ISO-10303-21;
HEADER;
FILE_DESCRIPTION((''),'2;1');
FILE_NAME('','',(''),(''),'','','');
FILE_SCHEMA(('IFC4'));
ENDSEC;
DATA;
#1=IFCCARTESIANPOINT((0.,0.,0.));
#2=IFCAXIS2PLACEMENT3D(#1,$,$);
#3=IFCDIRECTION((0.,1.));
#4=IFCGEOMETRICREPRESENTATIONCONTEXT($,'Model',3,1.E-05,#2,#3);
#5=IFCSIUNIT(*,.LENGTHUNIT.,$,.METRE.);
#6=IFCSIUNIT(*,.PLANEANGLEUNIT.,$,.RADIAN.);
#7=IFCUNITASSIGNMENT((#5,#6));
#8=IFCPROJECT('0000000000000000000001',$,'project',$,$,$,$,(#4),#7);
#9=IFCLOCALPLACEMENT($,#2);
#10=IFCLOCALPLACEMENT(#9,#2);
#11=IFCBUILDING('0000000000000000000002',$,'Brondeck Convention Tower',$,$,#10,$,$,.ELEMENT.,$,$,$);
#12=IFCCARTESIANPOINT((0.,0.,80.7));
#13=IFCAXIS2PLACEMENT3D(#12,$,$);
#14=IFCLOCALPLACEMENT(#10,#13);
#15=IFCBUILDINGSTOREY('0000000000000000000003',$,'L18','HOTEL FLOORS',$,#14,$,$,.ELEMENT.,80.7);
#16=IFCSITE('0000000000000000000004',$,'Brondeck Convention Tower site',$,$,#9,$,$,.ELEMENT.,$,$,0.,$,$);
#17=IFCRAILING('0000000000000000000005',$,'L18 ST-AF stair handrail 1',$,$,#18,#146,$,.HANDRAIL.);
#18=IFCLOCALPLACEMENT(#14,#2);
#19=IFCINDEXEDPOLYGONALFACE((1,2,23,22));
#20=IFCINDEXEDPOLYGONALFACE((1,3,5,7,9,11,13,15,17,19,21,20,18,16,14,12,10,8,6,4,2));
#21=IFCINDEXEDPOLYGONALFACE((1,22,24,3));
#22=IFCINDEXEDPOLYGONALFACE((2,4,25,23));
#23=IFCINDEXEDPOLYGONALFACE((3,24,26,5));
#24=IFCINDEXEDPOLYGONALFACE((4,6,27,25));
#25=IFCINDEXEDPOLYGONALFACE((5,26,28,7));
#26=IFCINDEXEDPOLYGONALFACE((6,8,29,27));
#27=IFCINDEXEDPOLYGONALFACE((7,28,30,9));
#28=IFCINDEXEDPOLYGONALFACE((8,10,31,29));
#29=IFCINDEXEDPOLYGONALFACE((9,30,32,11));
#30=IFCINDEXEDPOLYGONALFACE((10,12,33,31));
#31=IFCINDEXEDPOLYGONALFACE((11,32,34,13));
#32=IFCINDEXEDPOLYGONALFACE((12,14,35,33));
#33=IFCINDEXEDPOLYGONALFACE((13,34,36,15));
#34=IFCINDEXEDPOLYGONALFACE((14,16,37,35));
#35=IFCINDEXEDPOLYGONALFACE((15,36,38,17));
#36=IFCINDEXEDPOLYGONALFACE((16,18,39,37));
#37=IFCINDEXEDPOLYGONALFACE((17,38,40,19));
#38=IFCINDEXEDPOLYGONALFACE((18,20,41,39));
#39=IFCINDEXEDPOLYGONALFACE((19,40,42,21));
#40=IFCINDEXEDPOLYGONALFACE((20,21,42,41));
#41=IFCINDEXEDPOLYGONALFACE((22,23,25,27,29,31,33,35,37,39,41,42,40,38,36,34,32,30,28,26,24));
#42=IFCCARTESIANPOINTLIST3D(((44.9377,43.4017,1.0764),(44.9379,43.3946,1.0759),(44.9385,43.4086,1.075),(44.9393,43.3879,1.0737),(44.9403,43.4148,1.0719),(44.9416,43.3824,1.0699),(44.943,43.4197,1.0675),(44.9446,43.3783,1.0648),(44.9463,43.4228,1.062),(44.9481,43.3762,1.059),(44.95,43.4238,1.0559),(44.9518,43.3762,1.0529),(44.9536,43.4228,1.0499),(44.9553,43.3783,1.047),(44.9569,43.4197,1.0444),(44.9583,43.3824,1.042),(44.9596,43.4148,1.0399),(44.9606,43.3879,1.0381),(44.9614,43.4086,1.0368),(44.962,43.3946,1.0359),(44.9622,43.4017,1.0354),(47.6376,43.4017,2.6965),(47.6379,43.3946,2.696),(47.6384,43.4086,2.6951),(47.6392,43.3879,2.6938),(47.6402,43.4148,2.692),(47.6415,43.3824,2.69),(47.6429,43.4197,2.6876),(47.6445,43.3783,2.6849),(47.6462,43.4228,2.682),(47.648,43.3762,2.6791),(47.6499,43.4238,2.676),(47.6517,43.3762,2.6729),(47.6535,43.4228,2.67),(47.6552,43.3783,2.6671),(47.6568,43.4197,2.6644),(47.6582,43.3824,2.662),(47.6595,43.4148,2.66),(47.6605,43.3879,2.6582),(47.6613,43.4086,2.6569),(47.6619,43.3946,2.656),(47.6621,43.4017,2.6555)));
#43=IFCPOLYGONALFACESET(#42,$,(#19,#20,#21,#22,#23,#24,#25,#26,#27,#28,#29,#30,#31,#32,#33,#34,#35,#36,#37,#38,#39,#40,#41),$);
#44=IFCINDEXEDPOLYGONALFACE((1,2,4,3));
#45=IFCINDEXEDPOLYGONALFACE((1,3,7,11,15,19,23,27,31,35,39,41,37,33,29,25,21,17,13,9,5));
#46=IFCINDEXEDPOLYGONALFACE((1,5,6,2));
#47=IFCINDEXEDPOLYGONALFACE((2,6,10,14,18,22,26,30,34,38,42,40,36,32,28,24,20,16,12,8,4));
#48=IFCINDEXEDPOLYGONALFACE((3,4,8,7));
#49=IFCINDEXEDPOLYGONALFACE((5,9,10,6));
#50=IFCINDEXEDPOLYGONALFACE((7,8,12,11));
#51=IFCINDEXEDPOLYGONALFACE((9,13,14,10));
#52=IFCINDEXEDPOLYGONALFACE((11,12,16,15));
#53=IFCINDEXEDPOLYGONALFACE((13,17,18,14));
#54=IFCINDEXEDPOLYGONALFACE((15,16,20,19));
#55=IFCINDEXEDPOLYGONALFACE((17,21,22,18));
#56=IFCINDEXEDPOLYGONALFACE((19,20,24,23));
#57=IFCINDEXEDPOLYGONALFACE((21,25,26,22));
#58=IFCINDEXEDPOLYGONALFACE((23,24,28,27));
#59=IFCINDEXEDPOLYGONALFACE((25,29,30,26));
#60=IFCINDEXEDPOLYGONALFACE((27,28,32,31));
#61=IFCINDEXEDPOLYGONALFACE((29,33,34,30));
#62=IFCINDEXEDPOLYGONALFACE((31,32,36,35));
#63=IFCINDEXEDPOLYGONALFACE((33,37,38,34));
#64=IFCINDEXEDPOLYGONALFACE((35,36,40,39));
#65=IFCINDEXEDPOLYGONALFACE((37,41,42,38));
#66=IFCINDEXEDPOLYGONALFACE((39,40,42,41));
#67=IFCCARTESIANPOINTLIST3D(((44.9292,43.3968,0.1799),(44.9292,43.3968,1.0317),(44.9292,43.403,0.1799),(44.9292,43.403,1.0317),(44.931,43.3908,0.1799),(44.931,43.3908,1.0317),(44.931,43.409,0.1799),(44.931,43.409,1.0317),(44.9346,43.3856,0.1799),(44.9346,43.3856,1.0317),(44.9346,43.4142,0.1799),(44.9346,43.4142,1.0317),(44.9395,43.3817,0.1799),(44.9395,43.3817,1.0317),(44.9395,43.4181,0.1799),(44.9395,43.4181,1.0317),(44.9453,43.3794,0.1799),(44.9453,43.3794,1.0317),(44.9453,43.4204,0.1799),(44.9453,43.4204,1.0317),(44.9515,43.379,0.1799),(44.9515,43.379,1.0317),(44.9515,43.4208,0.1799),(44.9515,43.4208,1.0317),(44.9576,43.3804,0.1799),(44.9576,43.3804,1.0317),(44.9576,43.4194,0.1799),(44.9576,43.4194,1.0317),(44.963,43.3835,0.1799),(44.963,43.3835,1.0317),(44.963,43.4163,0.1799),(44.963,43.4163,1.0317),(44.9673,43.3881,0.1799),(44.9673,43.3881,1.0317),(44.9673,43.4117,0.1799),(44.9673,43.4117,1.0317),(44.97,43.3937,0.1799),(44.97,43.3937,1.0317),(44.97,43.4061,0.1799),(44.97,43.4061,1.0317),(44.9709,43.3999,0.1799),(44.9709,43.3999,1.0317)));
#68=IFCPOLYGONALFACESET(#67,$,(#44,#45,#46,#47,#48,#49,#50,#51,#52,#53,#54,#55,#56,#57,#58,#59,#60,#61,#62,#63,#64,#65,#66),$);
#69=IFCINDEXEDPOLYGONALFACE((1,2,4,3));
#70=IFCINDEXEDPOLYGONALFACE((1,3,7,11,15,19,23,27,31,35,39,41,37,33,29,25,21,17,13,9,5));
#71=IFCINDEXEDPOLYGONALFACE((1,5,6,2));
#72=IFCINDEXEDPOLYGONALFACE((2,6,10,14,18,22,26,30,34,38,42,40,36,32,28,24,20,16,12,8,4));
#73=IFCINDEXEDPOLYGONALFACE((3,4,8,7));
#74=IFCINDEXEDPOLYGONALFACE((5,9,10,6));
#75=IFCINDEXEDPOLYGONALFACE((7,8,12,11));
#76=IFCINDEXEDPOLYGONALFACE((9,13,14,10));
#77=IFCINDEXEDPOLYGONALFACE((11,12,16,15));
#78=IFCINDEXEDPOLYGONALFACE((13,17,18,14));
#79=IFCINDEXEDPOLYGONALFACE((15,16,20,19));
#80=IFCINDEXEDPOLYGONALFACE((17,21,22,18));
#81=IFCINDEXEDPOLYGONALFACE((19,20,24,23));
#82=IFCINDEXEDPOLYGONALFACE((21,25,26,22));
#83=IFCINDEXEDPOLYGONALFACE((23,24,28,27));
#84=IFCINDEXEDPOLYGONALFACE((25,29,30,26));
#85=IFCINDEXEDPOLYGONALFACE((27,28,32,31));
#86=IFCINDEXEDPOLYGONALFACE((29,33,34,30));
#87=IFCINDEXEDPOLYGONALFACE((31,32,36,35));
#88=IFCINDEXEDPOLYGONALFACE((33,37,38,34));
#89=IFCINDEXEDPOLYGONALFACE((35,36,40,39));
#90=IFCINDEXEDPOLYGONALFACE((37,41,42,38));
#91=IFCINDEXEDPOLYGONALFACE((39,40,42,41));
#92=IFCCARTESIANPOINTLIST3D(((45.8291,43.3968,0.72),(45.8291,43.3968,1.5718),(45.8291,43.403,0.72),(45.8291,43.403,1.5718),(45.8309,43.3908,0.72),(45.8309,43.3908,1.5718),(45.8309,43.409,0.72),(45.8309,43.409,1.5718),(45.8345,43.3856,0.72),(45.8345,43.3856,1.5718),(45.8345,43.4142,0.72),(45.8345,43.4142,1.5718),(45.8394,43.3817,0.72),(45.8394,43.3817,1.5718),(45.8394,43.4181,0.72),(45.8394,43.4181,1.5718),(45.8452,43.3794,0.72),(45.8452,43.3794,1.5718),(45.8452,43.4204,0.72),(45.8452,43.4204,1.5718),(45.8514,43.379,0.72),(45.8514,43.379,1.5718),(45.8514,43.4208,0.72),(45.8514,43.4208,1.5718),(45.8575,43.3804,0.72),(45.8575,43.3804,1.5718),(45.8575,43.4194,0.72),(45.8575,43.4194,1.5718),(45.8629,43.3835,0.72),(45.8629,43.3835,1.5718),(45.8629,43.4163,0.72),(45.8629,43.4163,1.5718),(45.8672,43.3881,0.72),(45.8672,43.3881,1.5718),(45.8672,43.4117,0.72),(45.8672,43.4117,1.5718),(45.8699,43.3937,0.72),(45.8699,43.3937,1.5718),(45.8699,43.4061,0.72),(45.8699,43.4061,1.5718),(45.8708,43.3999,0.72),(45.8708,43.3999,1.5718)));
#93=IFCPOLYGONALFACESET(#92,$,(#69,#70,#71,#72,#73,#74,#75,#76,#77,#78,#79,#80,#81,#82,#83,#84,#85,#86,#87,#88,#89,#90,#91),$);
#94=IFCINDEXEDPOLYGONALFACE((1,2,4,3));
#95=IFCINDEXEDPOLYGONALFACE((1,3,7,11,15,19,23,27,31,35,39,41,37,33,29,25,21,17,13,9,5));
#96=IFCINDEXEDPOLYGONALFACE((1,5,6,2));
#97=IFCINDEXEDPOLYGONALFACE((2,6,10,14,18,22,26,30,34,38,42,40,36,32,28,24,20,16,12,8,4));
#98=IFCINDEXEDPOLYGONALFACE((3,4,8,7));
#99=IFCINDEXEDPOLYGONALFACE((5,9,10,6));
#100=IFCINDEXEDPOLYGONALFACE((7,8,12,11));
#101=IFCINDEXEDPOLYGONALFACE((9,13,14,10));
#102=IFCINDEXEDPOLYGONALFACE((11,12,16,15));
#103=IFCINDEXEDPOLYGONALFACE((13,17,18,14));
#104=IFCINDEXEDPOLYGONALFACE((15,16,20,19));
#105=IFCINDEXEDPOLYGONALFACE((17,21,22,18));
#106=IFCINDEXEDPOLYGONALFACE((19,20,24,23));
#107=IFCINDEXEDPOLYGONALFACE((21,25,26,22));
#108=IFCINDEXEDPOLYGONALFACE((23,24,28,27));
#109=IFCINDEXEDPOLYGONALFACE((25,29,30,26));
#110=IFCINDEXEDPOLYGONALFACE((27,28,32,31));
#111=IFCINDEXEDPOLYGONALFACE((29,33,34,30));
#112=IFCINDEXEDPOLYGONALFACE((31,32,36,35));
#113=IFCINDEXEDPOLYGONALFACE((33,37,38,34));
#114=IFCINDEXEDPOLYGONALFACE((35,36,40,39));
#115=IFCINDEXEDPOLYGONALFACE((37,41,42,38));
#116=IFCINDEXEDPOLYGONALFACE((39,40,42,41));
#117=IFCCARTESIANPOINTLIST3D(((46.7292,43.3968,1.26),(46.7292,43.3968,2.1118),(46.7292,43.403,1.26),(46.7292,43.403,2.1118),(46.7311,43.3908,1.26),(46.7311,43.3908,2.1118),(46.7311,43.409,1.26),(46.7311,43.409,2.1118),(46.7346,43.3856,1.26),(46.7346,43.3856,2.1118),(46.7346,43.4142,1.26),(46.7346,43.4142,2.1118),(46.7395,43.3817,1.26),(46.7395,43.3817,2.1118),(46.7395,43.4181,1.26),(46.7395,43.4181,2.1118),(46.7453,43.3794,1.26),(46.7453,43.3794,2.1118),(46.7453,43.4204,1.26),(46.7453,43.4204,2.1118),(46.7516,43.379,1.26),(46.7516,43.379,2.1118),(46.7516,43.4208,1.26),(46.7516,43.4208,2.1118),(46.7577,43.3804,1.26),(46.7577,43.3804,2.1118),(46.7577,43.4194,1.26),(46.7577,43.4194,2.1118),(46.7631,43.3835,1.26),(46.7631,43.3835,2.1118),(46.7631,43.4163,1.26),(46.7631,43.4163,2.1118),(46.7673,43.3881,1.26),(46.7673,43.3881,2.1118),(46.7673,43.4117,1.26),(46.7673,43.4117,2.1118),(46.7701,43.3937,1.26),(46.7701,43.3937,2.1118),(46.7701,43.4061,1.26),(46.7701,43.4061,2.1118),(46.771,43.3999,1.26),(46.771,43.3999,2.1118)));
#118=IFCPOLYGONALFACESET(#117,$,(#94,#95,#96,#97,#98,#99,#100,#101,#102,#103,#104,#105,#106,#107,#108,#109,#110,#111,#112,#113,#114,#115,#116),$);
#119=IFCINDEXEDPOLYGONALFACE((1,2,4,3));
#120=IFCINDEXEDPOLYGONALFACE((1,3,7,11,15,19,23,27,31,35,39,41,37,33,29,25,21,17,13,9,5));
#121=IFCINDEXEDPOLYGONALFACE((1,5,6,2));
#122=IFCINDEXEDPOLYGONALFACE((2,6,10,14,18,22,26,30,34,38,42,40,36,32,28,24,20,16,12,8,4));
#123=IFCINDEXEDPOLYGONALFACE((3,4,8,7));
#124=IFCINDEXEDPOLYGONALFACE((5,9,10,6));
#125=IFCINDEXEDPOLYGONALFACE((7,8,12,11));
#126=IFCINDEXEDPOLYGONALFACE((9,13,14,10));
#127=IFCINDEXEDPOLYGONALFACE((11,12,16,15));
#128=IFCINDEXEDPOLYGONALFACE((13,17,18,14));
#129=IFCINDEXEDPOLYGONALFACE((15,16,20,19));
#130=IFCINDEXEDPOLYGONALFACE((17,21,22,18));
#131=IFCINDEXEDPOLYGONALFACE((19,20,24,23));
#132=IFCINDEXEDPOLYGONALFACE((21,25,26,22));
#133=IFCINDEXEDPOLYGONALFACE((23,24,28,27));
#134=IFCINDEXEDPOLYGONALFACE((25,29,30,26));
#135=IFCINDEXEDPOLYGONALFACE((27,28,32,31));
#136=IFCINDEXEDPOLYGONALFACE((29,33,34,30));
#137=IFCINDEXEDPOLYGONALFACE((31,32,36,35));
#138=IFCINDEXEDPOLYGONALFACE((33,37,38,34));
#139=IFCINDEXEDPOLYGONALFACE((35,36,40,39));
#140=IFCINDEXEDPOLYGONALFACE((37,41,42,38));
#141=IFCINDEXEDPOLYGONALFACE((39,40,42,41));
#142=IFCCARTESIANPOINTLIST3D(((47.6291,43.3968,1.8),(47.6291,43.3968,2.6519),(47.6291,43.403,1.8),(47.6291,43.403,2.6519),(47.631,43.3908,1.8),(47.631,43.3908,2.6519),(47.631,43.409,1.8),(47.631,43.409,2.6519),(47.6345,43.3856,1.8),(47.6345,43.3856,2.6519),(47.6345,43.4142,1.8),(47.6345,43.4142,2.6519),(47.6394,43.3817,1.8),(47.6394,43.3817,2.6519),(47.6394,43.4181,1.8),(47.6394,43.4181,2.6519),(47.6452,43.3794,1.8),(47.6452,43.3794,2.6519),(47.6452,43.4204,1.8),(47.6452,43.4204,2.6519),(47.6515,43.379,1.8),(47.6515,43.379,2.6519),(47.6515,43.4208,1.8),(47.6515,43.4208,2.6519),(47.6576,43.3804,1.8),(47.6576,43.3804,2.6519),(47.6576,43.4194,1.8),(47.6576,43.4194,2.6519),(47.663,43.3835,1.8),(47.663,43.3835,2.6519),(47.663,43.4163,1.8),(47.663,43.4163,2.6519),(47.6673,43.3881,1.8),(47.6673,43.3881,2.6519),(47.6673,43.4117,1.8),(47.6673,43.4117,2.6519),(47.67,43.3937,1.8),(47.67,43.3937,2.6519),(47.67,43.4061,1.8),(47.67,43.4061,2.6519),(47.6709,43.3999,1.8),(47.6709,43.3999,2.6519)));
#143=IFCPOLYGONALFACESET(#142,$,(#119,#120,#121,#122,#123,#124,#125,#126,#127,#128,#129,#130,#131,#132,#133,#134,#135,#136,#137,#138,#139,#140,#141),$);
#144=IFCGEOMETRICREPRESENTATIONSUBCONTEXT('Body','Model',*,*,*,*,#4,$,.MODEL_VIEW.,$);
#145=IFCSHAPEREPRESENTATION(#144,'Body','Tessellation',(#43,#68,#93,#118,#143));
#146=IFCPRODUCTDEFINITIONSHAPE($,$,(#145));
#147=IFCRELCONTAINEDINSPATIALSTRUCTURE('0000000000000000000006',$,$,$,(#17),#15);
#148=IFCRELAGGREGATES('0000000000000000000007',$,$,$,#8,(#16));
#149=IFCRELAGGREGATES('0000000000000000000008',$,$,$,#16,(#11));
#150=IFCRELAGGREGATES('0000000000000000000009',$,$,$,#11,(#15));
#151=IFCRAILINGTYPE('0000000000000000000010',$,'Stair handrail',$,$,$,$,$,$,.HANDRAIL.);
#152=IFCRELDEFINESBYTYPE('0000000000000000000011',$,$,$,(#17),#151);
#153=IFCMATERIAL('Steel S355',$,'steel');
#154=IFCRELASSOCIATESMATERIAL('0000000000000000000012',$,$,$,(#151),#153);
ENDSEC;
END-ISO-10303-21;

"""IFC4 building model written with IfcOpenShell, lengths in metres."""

from ifc_helpers import new_model, si_unit, direction, frame, origin, origin_2d, place, context, subcontext, project, spatial, circle, extrude, material, type_object, element, save


model = new_model("IFC4")

# Units and contexts
model_context = context("Model", 3, precision=1e-05, world=origin(), true_north=direction((0.0, 1.0)))
body_context = subcontext(model_context, "Body", "Model", "MODEL_VIEW")
ifc_project = project(units=[si_unit("LENGTHUNIT", "METRE"), si_unit("PLANEANGLEUNIT", "RADIAN")], contexts=[model_context])

# Site, building, storey
site_placement = place(None, origin())
site = spatial("IfcSite", under=ifc_project, at=site_placement, Name="Brondeck Convention Tower site", CompositionType="ELEMENT", RefElevation=0.0)
building_placement = place(site_placement, origin())
building = spatial("IfcBuilding", under=site, at=building_placement, Name="Brondeck Convention Tower", CompositionType="ELEMENT")
storey_placement = place(building_placement, frame((0.0, 0.0, 80.7)))
storey = spatial("IfcBuildingStorey", under=building, at=storey_placement, Name="L18", Description="HOTEL FLOORS", CompositionType="ELEMENT", Elevation=80.7)

# Shared definitions
ifc_material_1 = material(Name="Steel S355", Category="steel")

# Railing
railing_type_1 = type_object("IfcRailingType", Name="Stair handrail", PredefinedType="HANDRAIL", material=ifc_material_1)
railing_1_placement = place(storey_placement, frame((44.95, 43.3999, 0.1799)))
element("IfcRailing", 1, at=railing_1_placement, inside=storey, type_object=railing_type_1, Name="L18 ST-AF stair handrail 1", PredefinedType="HANDRAIL", context=body_context, shape_type="SweptSolid", body=[
    extrude(circle(Radius=0.0239, at=origin_2d()), frame((0.0, 0.0, 0.876), z_axis=(0.857472, 0.0, 0.51453), x_axis=(0.0, 1.0, 0.0)), (0.0, 0.0, 1.0), 3.1487),
    extrude(circle(Radius=0.021, at=origin_2d()), origin(), (0.0, 0.0, 1.0), 0.8518),
    extrude(circle(Radius=0.021, at=origin_2d()), frame((0.8999, 0.0, 0.54)), (0.0, 0.0, 1.0), 0.8518),
    extrude(circle(Radius=0.021, at=origin_2d()), frame((1.8, 0.0, 1.0801)), (0.0, 0.0, 1.0), 0.8518),
    extrude(circle(Radius=0.021, at=origin_2d()), frame((2.7, 0.0, 1.6201)), (0.0, 0.0, 1.0), 0.8518),
])

save(model, "model.ifc")
